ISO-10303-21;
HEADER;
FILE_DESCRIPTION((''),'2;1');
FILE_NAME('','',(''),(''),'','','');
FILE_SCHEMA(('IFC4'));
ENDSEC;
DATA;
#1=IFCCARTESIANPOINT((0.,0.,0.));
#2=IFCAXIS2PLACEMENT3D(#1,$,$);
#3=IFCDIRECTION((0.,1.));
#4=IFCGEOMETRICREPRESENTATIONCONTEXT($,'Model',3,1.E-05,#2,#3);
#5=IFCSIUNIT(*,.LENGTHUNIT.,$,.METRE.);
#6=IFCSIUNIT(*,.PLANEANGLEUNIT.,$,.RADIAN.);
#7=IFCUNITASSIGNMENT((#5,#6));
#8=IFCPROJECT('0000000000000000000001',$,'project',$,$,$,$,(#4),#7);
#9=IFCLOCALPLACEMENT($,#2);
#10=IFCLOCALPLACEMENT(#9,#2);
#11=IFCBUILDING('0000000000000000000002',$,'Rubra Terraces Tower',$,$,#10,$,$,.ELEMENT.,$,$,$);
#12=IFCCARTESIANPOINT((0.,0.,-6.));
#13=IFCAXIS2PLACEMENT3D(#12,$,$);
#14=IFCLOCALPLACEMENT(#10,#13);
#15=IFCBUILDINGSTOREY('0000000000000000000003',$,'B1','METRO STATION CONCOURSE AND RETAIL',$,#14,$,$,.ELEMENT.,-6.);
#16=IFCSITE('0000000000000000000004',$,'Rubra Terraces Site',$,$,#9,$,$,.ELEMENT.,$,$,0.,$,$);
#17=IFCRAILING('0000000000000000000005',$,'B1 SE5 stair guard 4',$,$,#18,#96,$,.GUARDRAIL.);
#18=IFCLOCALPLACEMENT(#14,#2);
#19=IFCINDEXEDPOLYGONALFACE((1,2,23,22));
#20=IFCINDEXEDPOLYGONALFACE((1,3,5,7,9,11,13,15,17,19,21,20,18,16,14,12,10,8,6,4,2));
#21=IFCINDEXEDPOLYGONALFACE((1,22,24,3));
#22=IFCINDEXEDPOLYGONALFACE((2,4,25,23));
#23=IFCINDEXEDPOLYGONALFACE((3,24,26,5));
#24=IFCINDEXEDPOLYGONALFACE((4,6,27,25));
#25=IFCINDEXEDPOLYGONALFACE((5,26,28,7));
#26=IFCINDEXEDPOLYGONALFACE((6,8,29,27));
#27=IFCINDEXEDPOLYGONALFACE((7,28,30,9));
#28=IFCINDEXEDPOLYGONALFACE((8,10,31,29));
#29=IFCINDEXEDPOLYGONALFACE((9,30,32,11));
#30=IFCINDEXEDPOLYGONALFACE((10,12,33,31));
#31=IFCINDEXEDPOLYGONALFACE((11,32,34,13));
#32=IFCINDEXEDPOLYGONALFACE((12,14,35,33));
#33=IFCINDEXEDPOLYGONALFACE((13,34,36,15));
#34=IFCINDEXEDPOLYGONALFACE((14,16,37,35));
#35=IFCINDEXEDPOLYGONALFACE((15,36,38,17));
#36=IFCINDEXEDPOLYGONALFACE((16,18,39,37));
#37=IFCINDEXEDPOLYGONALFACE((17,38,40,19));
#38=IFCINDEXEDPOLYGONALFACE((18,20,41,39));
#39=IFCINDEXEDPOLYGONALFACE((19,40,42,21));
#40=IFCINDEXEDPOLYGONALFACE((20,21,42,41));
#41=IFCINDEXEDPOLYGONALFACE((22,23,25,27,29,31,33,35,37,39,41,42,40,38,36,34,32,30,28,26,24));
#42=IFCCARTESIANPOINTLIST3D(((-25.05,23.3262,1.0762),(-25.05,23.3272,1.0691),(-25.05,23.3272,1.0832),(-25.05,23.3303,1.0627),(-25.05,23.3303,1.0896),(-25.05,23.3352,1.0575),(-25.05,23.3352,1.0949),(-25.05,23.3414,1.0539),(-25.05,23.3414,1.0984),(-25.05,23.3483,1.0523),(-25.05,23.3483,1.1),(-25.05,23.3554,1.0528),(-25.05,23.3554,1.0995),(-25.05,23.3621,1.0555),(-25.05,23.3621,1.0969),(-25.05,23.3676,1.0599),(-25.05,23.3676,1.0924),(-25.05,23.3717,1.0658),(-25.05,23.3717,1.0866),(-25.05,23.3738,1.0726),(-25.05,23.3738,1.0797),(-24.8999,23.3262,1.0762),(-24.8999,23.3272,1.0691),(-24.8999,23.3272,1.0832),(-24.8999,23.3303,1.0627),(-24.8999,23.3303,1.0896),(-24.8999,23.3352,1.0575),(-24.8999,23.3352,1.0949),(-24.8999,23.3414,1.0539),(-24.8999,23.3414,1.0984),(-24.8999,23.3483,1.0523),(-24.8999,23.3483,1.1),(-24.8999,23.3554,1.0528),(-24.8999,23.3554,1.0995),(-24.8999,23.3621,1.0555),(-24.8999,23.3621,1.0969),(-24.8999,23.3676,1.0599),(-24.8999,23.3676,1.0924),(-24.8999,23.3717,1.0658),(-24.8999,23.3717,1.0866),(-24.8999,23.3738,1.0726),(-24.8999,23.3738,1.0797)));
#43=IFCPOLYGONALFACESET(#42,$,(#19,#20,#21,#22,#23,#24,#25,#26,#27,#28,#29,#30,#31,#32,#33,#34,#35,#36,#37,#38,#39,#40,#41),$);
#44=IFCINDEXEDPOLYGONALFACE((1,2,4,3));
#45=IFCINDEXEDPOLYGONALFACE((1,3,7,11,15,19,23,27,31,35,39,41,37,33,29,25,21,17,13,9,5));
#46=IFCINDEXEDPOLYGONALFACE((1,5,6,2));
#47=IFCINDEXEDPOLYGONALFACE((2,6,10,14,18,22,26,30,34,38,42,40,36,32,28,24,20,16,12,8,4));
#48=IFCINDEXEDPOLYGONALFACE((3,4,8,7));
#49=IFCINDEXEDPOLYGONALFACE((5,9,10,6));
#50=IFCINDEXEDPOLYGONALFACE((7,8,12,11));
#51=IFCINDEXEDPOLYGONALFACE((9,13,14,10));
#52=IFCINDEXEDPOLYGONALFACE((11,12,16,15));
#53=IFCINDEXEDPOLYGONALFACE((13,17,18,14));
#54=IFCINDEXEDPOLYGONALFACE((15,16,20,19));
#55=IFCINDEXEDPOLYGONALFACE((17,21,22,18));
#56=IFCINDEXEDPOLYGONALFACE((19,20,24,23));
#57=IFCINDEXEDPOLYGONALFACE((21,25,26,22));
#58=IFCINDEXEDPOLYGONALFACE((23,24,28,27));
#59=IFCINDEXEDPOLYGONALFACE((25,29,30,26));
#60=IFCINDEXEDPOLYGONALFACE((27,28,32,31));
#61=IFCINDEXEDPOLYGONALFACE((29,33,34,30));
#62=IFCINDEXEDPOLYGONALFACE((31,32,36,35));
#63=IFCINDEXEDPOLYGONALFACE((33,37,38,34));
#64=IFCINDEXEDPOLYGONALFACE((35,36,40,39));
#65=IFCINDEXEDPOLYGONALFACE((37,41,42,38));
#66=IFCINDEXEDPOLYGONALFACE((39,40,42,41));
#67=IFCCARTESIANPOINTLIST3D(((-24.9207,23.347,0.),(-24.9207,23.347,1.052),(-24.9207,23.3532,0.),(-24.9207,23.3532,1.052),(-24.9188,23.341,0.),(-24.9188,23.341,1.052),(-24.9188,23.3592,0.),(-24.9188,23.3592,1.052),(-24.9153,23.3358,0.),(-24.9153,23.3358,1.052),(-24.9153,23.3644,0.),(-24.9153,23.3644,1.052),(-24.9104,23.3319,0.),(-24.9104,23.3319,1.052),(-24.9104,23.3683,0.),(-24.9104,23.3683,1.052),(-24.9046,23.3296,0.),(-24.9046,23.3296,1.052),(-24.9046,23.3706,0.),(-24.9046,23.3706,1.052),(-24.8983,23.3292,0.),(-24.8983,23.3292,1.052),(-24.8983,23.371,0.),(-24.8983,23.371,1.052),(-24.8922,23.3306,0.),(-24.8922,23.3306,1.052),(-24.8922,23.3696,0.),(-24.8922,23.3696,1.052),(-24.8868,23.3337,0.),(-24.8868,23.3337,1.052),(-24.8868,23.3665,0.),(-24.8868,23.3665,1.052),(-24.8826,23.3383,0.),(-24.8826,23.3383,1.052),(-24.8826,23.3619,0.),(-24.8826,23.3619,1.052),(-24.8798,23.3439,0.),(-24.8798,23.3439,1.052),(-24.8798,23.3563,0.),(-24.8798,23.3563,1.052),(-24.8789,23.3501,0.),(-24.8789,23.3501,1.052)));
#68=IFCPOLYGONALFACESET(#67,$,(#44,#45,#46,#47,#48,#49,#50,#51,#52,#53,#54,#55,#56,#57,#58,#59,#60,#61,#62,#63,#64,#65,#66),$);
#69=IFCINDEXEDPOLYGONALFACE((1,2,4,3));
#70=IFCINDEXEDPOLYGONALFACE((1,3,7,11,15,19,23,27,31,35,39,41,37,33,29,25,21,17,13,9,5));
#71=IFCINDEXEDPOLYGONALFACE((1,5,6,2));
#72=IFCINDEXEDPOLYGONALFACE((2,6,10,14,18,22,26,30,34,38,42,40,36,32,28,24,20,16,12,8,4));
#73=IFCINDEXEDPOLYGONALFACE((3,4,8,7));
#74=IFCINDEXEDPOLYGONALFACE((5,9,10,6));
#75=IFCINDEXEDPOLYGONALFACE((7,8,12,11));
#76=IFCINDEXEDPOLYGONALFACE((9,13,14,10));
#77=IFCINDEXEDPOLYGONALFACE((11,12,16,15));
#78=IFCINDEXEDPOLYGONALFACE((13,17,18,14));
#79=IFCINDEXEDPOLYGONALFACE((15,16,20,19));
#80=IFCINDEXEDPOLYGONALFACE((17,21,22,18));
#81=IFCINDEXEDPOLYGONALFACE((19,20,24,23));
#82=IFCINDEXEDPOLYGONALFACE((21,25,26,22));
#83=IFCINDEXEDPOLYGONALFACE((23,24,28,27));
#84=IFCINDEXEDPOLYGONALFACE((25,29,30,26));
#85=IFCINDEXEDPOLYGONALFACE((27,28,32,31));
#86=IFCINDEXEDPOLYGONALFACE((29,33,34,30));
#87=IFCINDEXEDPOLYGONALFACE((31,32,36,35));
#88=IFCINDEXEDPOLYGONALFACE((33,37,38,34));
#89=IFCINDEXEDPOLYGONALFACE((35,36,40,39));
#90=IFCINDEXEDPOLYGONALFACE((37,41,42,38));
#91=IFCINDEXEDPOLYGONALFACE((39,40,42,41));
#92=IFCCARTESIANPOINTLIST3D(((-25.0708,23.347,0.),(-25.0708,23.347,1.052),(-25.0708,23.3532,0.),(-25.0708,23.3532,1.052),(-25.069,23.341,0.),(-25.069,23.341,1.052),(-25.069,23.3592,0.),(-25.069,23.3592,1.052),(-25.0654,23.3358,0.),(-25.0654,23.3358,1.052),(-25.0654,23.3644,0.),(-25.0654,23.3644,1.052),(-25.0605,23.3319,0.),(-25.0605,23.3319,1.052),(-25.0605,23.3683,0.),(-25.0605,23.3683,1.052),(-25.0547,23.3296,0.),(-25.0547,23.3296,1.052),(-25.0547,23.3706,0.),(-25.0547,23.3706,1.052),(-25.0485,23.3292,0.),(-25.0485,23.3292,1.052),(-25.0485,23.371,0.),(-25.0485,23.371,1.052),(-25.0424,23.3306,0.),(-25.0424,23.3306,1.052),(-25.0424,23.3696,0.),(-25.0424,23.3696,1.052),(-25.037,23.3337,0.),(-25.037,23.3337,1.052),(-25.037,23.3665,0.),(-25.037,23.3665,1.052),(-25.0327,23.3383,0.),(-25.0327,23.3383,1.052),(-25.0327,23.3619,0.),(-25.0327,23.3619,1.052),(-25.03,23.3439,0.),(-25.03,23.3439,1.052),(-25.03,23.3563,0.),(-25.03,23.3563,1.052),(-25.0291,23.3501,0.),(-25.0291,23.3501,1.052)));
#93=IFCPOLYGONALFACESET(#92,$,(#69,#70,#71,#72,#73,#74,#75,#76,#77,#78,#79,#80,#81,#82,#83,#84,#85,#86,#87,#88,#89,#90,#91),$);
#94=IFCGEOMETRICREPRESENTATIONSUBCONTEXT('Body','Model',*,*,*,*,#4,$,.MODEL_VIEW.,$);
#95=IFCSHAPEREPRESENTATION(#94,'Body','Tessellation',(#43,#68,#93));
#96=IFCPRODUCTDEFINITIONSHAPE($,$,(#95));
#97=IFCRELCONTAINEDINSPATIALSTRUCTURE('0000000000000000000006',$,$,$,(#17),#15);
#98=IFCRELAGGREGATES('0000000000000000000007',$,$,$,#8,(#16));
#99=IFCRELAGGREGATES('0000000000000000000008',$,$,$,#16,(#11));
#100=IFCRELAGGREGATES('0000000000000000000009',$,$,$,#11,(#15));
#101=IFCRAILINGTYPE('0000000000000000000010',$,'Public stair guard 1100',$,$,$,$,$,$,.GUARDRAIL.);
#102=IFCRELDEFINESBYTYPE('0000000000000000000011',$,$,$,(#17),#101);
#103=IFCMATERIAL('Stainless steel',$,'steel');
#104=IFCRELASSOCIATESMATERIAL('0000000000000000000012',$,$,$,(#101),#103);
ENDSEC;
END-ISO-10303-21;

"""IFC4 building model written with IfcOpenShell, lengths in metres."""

from ifc_helpers import new_model, si_unit, direction, frame, origin, origin_2d, place, context, subcontext, project, spatial, circle, extrude, material, type_object, element, save


model = new_model("IFC4")

# Units and contexts
model_context = context("Model", 3, precision=1e-05, world=origin(), true_north=direction((0.0, 1.0)))
body_context = subcontext(model_context, "Body", "Model", "MODEL_VIEW")
ifc_project = project(units=[si_unit("LENGTHUNIT", "METRE"), si_unit("PLANEANGLEUNIT", "RADIAN")], contexts=[model_context])

# Site, building, storey
site_placement = place(None, origin())
site = spatial("IfcSite", under=ifc_project, at=site_placement, Name="Rubra Terraces Site", CompositionType="ELEMENT", RefElevation=0.0)
building_placement = place(site_placement, origin())
building = spatial("IfcBuilding", under=site, at=building_placement, Name="Rubra Terraces Tower", CompositionType="ELEMENT")
storey_placement = place(building_placement, frame((0.0, 0.0, -6.0)))
storey = spatial("IfcBuildingStorey", under=building, at=storey_placement, Name="B1", Description="METRO STATION CONCOURSE AND RETAIL", CompositionType="ELEMENT", Elevation=-6.0)

# Railing
ifc_material_1 = material(Name="Stainless steel", Category="steel")
railing_type = type_object("IfcRailingType", Name="Public stair guard 1100", PredefinedType="GUARDRAIL", material=ifc_material_1)
railing_1_placement = place(storey_placement, frame((-24.8999, 23.3501, 0.0)))
element("IfcRailing", 1, at=railing_1_placement, inside=storey, type_object=railing_type, Name="B1 SE5 stair guard 4", PredefinedType="GUARDRAIL", context=body_context, shape_type="SweptSolid", body=[
    extrude(circle(Radius=0.0239, at=origin_2d()), frame((0.0, 0.0, 1.0762), z_axis=(-1.0, 0.0, 0.0), x_axis=(0.0, -1.0, 0.0)), (0.0, 0.0, 1.0), 0.1501),
    extrude(circle(Radius=0.021, at=origin_2d()), origin(), (0.0, 0.0, 1.0), 1.052),
    extrude(circle(Radius=0.021, at=origin_2d()), frame((-0.1501, 0.0, 0.0)), (0.0, 0.0, 1.0), 1.052),
])

save(model, "model.ifc")
